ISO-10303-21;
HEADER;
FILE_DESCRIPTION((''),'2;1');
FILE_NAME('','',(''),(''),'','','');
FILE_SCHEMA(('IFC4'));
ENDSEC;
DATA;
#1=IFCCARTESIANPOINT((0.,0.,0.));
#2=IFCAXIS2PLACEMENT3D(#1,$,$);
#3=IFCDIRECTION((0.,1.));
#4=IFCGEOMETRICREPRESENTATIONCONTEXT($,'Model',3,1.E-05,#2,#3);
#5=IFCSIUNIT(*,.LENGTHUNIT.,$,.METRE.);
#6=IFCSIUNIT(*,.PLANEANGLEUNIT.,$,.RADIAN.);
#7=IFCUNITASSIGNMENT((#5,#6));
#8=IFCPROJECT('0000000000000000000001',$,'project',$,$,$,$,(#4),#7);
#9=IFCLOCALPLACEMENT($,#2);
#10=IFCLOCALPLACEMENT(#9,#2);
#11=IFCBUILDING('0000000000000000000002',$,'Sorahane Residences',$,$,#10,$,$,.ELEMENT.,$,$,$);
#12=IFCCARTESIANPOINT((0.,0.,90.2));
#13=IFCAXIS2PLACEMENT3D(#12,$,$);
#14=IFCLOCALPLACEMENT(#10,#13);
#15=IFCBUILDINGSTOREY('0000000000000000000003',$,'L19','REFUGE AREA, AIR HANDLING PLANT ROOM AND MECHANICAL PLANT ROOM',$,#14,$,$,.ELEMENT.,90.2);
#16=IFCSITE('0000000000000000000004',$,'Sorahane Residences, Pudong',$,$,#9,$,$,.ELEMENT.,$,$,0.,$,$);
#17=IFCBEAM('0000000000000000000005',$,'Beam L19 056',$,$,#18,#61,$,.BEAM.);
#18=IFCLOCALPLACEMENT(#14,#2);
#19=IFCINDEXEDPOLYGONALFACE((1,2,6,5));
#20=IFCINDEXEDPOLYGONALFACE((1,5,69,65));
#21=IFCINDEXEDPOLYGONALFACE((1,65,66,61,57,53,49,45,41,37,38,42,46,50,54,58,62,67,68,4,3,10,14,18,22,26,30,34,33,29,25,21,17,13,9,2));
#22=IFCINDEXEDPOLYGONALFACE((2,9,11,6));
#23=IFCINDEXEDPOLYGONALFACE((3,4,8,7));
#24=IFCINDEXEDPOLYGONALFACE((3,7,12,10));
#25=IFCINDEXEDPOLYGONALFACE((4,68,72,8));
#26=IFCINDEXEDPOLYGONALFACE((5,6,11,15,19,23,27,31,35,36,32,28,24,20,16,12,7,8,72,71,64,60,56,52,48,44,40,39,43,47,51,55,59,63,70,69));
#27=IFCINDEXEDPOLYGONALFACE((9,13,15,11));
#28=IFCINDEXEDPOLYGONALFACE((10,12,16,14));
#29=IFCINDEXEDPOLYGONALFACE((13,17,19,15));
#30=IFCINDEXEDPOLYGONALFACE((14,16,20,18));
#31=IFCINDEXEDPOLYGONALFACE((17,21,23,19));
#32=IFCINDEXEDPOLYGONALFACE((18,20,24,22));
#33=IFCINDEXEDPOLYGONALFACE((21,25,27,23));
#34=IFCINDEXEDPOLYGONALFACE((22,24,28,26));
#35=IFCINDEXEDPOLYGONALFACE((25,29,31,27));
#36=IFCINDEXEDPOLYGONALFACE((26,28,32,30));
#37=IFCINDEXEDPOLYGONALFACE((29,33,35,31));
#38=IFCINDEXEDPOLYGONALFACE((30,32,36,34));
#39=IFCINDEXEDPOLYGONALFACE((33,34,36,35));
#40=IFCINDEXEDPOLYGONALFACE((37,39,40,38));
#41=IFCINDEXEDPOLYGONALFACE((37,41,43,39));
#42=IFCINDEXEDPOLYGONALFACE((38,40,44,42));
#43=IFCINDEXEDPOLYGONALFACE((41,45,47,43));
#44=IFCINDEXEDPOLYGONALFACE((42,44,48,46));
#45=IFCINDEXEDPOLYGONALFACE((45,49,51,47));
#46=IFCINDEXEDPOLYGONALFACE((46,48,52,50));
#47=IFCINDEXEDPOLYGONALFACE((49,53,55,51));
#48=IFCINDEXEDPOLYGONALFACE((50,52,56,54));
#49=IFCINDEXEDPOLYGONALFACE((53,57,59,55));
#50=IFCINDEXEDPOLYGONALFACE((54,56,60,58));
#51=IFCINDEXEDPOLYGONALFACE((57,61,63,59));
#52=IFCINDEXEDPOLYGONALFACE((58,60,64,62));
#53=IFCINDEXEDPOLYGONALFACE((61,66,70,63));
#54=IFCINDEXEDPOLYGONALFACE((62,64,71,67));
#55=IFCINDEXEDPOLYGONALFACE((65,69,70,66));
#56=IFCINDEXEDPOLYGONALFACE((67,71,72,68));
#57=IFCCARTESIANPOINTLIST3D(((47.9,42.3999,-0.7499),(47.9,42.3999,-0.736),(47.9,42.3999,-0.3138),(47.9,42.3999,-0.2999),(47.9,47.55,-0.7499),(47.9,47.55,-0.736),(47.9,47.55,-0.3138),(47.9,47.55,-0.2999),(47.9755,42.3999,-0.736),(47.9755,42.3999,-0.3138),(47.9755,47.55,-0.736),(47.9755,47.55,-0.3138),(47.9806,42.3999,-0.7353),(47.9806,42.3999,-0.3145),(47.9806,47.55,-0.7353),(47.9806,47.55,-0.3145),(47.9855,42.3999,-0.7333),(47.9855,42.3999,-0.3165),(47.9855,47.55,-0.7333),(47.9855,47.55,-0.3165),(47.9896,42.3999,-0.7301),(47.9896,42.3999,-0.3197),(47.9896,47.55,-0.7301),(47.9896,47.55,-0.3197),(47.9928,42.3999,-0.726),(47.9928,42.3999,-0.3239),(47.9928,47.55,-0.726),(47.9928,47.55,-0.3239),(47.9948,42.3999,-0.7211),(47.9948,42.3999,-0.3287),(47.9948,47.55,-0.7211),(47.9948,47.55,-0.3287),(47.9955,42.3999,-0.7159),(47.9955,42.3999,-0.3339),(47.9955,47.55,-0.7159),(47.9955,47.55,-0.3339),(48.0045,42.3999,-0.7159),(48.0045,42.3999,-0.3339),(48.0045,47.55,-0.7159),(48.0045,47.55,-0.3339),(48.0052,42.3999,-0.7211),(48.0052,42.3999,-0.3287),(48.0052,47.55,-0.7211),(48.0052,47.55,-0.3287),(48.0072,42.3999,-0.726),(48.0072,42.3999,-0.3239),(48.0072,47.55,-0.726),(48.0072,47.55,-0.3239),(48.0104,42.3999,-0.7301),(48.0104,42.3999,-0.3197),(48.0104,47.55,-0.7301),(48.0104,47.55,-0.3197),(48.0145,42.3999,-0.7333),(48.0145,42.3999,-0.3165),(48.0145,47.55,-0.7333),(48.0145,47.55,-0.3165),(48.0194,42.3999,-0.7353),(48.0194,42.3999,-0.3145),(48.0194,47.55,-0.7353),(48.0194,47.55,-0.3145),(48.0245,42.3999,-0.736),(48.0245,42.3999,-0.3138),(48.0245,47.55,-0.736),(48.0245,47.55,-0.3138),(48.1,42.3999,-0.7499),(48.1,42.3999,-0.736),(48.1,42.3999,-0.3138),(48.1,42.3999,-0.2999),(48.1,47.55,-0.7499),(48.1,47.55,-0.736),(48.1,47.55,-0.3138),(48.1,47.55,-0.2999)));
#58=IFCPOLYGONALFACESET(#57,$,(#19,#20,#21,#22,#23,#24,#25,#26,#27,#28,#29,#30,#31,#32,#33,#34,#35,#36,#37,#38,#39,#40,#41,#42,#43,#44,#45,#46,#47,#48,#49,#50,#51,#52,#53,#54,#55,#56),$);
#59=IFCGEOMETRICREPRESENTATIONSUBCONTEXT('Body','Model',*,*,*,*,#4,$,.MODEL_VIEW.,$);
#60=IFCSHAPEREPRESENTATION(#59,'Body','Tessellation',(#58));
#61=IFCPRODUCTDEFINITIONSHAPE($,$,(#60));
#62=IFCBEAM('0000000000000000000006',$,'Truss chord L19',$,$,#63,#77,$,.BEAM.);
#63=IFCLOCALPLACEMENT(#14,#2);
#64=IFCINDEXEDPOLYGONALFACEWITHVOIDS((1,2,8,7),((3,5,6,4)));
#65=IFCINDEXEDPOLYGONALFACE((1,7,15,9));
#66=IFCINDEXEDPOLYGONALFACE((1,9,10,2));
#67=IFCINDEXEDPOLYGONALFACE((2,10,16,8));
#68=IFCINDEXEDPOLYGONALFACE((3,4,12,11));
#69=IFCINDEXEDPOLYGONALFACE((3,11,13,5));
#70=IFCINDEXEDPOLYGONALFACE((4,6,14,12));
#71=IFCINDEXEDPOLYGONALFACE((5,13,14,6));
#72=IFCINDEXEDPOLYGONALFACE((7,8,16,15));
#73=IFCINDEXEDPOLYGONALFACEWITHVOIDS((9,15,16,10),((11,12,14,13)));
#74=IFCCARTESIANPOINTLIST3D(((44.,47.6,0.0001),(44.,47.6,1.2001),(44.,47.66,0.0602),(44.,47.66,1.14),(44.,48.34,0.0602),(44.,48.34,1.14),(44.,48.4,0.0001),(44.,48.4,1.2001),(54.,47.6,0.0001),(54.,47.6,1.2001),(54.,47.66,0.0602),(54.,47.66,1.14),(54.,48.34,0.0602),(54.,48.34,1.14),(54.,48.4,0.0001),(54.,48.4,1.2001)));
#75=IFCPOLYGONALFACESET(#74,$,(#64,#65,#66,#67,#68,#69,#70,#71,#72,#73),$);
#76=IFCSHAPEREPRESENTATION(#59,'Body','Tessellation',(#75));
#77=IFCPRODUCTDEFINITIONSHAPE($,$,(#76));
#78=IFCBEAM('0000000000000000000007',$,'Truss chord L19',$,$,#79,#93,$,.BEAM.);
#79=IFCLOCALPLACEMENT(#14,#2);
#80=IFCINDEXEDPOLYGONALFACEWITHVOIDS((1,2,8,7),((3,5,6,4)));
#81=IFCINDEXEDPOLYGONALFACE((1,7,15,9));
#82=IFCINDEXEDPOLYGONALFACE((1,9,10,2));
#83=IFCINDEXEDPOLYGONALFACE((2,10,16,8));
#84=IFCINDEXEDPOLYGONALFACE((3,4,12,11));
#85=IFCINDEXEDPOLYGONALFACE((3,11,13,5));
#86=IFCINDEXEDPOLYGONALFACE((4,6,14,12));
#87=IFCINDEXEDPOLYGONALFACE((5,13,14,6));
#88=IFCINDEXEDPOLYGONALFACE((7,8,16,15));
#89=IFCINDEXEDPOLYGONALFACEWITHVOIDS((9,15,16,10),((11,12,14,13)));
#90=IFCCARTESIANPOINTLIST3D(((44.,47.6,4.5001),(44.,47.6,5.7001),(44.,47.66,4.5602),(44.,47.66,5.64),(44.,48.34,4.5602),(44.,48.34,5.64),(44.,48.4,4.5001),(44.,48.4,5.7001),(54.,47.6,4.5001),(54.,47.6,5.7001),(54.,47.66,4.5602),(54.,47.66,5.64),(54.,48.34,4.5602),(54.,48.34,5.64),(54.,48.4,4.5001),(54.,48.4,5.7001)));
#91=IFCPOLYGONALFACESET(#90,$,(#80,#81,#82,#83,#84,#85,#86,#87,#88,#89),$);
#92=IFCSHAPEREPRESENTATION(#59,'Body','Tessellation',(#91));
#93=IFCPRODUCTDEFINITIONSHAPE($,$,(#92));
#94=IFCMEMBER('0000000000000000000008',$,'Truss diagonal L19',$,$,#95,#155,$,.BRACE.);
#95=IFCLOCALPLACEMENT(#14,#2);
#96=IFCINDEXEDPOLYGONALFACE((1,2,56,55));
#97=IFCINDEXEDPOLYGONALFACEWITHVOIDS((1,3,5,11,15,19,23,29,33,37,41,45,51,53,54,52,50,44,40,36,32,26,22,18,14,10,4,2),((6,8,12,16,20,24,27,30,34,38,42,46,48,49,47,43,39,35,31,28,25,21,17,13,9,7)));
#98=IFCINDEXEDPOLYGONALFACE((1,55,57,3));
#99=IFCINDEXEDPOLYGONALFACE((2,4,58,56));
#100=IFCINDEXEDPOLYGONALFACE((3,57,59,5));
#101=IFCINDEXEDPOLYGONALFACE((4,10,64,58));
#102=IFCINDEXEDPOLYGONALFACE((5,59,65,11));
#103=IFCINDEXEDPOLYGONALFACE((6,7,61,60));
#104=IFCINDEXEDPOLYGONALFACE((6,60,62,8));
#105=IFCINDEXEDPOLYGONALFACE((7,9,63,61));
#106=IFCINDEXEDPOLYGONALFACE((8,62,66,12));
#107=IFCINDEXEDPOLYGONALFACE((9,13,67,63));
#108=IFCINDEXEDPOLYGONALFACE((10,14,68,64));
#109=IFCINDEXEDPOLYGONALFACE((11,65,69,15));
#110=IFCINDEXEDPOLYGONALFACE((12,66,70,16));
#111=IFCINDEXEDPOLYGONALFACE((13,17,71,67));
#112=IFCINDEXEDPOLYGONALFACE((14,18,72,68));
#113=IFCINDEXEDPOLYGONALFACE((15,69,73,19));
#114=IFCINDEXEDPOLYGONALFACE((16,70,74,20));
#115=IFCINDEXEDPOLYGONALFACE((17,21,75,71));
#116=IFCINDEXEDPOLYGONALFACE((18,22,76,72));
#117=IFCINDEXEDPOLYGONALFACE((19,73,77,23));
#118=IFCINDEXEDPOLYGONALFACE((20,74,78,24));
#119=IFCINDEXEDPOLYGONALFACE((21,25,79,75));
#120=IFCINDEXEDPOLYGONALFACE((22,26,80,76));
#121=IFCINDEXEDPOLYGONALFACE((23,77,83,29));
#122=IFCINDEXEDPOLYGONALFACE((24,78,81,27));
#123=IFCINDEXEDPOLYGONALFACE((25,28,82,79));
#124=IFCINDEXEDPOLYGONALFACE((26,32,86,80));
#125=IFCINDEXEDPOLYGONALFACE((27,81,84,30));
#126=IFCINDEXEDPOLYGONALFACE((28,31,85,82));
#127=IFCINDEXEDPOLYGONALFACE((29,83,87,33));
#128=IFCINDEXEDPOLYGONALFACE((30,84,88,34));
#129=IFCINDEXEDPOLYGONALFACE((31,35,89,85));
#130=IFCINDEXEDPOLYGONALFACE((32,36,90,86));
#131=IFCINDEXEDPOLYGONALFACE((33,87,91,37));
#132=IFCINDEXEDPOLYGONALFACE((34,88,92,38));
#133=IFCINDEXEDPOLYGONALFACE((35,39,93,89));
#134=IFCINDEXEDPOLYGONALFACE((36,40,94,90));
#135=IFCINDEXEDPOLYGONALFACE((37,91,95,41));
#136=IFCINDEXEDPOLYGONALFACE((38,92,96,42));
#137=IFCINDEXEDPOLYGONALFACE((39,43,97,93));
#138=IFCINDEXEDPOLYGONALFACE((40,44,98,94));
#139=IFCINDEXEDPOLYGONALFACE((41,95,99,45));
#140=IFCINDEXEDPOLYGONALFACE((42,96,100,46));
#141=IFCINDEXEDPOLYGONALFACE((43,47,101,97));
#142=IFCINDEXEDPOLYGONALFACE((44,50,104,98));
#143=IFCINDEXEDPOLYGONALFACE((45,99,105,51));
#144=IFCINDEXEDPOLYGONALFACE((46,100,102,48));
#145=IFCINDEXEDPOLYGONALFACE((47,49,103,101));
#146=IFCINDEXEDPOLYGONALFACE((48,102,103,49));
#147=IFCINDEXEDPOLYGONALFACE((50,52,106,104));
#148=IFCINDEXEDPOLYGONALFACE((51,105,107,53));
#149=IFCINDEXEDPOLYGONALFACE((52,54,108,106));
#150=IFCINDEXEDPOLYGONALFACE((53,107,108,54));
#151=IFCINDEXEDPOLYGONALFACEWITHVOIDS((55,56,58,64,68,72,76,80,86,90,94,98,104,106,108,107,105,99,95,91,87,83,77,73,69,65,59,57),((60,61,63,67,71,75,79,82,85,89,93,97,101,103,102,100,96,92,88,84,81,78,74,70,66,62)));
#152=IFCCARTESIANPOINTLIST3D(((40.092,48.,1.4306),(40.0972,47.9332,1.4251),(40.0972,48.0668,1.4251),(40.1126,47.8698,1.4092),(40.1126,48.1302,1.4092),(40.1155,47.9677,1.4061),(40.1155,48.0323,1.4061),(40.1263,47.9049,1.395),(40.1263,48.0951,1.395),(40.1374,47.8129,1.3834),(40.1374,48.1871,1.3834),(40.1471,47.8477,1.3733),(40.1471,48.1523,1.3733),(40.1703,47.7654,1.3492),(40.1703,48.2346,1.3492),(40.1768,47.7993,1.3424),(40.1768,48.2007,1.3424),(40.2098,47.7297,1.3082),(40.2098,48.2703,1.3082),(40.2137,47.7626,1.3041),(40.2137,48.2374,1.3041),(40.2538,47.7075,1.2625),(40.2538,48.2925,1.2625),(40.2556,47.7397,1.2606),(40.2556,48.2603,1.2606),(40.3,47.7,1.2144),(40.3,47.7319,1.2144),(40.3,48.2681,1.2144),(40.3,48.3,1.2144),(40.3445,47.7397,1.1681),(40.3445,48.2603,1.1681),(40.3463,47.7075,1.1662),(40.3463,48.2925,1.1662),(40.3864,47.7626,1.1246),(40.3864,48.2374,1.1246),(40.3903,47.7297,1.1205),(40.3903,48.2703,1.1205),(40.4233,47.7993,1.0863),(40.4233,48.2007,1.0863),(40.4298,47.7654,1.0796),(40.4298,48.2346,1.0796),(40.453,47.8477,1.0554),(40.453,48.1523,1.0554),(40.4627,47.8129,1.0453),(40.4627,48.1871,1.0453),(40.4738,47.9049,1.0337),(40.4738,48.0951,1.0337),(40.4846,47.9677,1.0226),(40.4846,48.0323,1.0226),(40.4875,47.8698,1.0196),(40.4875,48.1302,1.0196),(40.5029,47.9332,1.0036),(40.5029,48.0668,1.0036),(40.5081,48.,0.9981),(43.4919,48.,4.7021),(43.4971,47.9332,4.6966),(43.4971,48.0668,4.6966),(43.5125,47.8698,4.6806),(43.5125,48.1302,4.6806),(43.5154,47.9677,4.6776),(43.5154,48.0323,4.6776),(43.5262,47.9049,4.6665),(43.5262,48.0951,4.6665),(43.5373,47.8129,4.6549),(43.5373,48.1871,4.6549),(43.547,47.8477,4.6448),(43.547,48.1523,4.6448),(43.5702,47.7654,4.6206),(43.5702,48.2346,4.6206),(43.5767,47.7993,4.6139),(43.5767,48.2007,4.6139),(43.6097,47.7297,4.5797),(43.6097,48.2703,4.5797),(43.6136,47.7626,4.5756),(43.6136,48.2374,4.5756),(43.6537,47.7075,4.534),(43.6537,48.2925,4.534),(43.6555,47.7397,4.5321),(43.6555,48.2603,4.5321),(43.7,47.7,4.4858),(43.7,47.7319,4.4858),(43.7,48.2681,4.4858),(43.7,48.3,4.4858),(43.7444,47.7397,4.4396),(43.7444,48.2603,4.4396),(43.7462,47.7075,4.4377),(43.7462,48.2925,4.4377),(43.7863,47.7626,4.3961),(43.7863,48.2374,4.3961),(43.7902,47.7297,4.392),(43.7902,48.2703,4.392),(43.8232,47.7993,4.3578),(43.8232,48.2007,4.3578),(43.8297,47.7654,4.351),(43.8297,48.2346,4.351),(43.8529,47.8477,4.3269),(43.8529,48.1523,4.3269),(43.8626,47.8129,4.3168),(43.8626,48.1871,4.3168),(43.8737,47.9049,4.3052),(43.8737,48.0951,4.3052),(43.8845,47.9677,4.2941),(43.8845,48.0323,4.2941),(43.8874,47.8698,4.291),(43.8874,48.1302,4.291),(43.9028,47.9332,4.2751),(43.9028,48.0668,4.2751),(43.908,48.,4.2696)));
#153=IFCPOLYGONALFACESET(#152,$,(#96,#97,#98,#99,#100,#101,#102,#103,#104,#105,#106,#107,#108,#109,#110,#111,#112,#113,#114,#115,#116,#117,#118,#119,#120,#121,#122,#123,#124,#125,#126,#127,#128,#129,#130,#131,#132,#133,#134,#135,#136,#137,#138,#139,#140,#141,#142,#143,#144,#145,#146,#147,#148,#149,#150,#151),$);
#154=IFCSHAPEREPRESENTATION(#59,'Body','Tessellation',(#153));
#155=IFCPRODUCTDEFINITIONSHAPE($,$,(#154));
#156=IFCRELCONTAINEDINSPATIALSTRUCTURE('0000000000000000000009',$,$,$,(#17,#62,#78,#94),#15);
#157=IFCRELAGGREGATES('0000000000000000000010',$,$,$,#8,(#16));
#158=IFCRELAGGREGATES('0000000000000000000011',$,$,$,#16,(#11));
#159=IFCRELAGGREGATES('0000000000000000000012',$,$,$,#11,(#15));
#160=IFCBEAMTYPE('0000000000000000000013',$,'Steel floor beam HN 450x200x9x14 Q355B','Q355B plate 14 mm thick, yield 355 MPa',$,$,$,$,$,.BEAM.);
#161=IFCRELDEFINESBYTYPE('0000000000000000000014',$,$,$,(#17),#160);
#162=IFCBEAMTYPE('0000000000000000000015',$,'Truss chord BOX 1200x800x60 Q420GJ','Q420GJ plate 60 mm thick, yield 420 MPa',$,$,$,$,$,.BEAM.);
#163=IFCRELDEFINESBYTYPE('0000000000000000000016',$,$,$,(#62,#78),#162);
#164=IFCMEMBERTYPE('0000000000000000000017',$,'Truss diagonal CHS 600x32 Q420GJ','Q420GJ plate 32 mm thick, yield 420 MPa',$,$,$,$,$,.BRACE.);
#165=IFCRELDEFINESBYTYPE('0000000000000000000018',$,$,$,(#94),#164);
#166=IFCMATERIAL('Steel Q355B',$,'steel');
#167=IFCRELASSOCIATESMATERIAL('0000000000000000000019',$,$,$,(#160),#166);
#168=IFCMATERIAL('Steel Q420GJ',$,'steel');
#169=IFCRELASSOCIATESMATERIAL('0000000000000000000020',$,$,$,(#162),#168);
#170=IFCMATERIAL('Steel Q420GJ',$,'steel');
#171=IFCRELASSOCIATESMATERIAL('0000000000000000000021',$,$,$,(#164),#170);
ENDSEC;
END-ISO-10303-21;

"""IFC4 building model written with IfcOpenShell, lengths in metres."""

from ifc_helpers import new_model, si_unit, direction, frame, origin, origin_2d, place, context, subcontext, project, spatial, hollow_rectangle, hollow_circle, i_section, extrude, material, material_profile, profile_set, type_object, element, save


model = new_model("IFC4")

# Units and contexts
model_context = context("Model", 3, precision=1e-05, world=origin(), true_north=direction((0.0, 1.0)))
body_context = subcontext(model_context, "Body", "Model", "MODEL_VIEW")
ifc_project = project(units=[si_unit("LENGTHUNIT", "METRE"), si_unit("PLANEANGLEUNIT", "RADIAN")], contexts=[model_context])

# Site, building, storey
site_placement = place(None, origin())
site = spatial("IfcSite", under=ifc_project, at=site_placement, Name="Sorahane Residences, Pudong", CompositionType="ELEMENT", RefElevation=0.0)
building_placement = place(site_placement, origin())
building = spatial("IfcBuilding", under=site, at=building_placement, Name="Sorahane Residences", CompositionType="ELEMENT")
storey_placement = place(building_placement, frame((0.0, 0.0, 90.2)))
storey = spatial("IfcBuildingStorey", under=building, at=storey_placement, Name="L19", Description="REFUGE AREA, AIR HANDLING PLANT ROOM AND MECHANICAL PLANT ROOM", CompositionType="ELEMENT", Elevation=90.2)

# Beams
ifc_material_1 = material(Name="Steel Q355B", Category="steel")
ifc_material_profile_1 = material_profile(ifc_material_1, i_section(OverallWidth=0.2, OverallDepth=0.45, WebThickness=0.009, FlangeThickness=0.0139, FilletRadius=0.02, at=origin_2d()), Name="HN 450x200x9x14")
ifc_profile_set_1 = profile_set([ifc_material_profile_1], Name="Steel Q355B")
beam_type_1 = type_object("IfcBeamType", Name="Steel floor beam HN 450x200x9x14 Q355B", Description="Q355B plate 14 mm thick, yield 355 MPa", PredefinedType="BEAM", material=ifc_profile_set_1)
beam_1_placement = place(storey_placement, frame((48.0, 42.3999, -0.5249), z_axis=(0.0, 1.0, 0.0), x_axis=(-1.0, 0.0, 0.0)))
element("IfcBeam", 1, at=beam_1_placement, inside=storey, type_object=beam_type_1, Name="Beam L19 056", PredefinedType="BEAM", context=body_context, shape_type="SweptSolid", body=[
    extrude(i_section(OverallWidth=0.2, OverallDepth=0.45, WebThickness=0.009, FlangeThickness=0.0139, FilletRadius=0.02, at=origin_2d()), origin(), (0.0, 0.0, 1.0), 5.1501),
])
ifc_material_2 = material(Name="Steel Q420GJ", Category="steel")
ifc_material_profile_2 = material_profile(ifc_material_2, hollow_rectangle(XDim=0.8, YDim=1.2, WallThickness=0.0601, at=origin_2d()), Name="BOX 1200x800x60")
ifc_profile_set_2 = profile_set([ifc_material_profile_2], Name="Steel Q420GJ")
beam_type_2 = type_object("IfcBeamType", Name="Truss chord BOX 1200x800x60 Q420GJ", Description="Q420GJ plate 60 mm thick, yield 420 MPa", PredefinedType="BEAM", material=ifc_profile_set_2)
for number, where, z_axis, x_axis, name in (
    (2, (44.0, 48.0, 0.6001), (1.0, 0.0, 0.0), (0.0, 1.0, 0.0), "Truss chord L19"),
    (3, (44.0, 48.0, 5.1001), (1.0, 0.0, 0.0), (0.0, 1.0, 0.0), "Truss chord L19"),
):
    element("IfcBeam", number, at=place(storey_placement, frame(where, z_axis=z_axis, x_axis=x_axis)), inside=storey, type_object=beam_type_2, Name=name, PredefinedType="BEAM", context=body_context, shape_type="SweptSolid", body=[
        extrude(hollow_rectangle(XDim=0.8, YDim=1.2, WallThickness=0.0601, at=origin_2d()), origin(), (0.0, 0.0, 1.0), 10.0),
    ])

# Member
ifc_material_3 = material(Name="Steel Q420GJ", Category="steel")
ifc_material_profile_3 = material_profile(ifc_material_3, hollow_circle(Radius=0.3, WallThickness=0.032, at=origin_2d()), Name="CHS 600x32")
ifc_profile_set_3 = profile_set([ifc_material_profile_3], Name="Steel Q420GJ")
member_type_1 = type_object("IfcMemberType", Name="Truss diagonal CHS 600x32 Q420GJ", Description="Q420GJ plate 32 mm thick, yield 420 MPa", PredefinedType="BRACE", material=ifc_profile_set_3)
member_1_placement = place(storey_placement, frame((40.3, 48.0, 1.2144), z_axis=(0.720584, 0.0, 0.693367), x_axis=(0.0, 1.0, 0.0)))
element("IfcMember", 4, at=member_1_placement, inside=storey, type_object=member_type_1, Name="Truss diagonal L19", PredefinedType="BRACE", context=body_context, shape_type="SweptSolid", body=[
    extrude(hollow_circle(Radius=0.3, WallThickness=0.032, at=origin_2d()), origin(), (0.0, 0.0, 1.0), 4.7183),
])

save(model, "model.ifc")
